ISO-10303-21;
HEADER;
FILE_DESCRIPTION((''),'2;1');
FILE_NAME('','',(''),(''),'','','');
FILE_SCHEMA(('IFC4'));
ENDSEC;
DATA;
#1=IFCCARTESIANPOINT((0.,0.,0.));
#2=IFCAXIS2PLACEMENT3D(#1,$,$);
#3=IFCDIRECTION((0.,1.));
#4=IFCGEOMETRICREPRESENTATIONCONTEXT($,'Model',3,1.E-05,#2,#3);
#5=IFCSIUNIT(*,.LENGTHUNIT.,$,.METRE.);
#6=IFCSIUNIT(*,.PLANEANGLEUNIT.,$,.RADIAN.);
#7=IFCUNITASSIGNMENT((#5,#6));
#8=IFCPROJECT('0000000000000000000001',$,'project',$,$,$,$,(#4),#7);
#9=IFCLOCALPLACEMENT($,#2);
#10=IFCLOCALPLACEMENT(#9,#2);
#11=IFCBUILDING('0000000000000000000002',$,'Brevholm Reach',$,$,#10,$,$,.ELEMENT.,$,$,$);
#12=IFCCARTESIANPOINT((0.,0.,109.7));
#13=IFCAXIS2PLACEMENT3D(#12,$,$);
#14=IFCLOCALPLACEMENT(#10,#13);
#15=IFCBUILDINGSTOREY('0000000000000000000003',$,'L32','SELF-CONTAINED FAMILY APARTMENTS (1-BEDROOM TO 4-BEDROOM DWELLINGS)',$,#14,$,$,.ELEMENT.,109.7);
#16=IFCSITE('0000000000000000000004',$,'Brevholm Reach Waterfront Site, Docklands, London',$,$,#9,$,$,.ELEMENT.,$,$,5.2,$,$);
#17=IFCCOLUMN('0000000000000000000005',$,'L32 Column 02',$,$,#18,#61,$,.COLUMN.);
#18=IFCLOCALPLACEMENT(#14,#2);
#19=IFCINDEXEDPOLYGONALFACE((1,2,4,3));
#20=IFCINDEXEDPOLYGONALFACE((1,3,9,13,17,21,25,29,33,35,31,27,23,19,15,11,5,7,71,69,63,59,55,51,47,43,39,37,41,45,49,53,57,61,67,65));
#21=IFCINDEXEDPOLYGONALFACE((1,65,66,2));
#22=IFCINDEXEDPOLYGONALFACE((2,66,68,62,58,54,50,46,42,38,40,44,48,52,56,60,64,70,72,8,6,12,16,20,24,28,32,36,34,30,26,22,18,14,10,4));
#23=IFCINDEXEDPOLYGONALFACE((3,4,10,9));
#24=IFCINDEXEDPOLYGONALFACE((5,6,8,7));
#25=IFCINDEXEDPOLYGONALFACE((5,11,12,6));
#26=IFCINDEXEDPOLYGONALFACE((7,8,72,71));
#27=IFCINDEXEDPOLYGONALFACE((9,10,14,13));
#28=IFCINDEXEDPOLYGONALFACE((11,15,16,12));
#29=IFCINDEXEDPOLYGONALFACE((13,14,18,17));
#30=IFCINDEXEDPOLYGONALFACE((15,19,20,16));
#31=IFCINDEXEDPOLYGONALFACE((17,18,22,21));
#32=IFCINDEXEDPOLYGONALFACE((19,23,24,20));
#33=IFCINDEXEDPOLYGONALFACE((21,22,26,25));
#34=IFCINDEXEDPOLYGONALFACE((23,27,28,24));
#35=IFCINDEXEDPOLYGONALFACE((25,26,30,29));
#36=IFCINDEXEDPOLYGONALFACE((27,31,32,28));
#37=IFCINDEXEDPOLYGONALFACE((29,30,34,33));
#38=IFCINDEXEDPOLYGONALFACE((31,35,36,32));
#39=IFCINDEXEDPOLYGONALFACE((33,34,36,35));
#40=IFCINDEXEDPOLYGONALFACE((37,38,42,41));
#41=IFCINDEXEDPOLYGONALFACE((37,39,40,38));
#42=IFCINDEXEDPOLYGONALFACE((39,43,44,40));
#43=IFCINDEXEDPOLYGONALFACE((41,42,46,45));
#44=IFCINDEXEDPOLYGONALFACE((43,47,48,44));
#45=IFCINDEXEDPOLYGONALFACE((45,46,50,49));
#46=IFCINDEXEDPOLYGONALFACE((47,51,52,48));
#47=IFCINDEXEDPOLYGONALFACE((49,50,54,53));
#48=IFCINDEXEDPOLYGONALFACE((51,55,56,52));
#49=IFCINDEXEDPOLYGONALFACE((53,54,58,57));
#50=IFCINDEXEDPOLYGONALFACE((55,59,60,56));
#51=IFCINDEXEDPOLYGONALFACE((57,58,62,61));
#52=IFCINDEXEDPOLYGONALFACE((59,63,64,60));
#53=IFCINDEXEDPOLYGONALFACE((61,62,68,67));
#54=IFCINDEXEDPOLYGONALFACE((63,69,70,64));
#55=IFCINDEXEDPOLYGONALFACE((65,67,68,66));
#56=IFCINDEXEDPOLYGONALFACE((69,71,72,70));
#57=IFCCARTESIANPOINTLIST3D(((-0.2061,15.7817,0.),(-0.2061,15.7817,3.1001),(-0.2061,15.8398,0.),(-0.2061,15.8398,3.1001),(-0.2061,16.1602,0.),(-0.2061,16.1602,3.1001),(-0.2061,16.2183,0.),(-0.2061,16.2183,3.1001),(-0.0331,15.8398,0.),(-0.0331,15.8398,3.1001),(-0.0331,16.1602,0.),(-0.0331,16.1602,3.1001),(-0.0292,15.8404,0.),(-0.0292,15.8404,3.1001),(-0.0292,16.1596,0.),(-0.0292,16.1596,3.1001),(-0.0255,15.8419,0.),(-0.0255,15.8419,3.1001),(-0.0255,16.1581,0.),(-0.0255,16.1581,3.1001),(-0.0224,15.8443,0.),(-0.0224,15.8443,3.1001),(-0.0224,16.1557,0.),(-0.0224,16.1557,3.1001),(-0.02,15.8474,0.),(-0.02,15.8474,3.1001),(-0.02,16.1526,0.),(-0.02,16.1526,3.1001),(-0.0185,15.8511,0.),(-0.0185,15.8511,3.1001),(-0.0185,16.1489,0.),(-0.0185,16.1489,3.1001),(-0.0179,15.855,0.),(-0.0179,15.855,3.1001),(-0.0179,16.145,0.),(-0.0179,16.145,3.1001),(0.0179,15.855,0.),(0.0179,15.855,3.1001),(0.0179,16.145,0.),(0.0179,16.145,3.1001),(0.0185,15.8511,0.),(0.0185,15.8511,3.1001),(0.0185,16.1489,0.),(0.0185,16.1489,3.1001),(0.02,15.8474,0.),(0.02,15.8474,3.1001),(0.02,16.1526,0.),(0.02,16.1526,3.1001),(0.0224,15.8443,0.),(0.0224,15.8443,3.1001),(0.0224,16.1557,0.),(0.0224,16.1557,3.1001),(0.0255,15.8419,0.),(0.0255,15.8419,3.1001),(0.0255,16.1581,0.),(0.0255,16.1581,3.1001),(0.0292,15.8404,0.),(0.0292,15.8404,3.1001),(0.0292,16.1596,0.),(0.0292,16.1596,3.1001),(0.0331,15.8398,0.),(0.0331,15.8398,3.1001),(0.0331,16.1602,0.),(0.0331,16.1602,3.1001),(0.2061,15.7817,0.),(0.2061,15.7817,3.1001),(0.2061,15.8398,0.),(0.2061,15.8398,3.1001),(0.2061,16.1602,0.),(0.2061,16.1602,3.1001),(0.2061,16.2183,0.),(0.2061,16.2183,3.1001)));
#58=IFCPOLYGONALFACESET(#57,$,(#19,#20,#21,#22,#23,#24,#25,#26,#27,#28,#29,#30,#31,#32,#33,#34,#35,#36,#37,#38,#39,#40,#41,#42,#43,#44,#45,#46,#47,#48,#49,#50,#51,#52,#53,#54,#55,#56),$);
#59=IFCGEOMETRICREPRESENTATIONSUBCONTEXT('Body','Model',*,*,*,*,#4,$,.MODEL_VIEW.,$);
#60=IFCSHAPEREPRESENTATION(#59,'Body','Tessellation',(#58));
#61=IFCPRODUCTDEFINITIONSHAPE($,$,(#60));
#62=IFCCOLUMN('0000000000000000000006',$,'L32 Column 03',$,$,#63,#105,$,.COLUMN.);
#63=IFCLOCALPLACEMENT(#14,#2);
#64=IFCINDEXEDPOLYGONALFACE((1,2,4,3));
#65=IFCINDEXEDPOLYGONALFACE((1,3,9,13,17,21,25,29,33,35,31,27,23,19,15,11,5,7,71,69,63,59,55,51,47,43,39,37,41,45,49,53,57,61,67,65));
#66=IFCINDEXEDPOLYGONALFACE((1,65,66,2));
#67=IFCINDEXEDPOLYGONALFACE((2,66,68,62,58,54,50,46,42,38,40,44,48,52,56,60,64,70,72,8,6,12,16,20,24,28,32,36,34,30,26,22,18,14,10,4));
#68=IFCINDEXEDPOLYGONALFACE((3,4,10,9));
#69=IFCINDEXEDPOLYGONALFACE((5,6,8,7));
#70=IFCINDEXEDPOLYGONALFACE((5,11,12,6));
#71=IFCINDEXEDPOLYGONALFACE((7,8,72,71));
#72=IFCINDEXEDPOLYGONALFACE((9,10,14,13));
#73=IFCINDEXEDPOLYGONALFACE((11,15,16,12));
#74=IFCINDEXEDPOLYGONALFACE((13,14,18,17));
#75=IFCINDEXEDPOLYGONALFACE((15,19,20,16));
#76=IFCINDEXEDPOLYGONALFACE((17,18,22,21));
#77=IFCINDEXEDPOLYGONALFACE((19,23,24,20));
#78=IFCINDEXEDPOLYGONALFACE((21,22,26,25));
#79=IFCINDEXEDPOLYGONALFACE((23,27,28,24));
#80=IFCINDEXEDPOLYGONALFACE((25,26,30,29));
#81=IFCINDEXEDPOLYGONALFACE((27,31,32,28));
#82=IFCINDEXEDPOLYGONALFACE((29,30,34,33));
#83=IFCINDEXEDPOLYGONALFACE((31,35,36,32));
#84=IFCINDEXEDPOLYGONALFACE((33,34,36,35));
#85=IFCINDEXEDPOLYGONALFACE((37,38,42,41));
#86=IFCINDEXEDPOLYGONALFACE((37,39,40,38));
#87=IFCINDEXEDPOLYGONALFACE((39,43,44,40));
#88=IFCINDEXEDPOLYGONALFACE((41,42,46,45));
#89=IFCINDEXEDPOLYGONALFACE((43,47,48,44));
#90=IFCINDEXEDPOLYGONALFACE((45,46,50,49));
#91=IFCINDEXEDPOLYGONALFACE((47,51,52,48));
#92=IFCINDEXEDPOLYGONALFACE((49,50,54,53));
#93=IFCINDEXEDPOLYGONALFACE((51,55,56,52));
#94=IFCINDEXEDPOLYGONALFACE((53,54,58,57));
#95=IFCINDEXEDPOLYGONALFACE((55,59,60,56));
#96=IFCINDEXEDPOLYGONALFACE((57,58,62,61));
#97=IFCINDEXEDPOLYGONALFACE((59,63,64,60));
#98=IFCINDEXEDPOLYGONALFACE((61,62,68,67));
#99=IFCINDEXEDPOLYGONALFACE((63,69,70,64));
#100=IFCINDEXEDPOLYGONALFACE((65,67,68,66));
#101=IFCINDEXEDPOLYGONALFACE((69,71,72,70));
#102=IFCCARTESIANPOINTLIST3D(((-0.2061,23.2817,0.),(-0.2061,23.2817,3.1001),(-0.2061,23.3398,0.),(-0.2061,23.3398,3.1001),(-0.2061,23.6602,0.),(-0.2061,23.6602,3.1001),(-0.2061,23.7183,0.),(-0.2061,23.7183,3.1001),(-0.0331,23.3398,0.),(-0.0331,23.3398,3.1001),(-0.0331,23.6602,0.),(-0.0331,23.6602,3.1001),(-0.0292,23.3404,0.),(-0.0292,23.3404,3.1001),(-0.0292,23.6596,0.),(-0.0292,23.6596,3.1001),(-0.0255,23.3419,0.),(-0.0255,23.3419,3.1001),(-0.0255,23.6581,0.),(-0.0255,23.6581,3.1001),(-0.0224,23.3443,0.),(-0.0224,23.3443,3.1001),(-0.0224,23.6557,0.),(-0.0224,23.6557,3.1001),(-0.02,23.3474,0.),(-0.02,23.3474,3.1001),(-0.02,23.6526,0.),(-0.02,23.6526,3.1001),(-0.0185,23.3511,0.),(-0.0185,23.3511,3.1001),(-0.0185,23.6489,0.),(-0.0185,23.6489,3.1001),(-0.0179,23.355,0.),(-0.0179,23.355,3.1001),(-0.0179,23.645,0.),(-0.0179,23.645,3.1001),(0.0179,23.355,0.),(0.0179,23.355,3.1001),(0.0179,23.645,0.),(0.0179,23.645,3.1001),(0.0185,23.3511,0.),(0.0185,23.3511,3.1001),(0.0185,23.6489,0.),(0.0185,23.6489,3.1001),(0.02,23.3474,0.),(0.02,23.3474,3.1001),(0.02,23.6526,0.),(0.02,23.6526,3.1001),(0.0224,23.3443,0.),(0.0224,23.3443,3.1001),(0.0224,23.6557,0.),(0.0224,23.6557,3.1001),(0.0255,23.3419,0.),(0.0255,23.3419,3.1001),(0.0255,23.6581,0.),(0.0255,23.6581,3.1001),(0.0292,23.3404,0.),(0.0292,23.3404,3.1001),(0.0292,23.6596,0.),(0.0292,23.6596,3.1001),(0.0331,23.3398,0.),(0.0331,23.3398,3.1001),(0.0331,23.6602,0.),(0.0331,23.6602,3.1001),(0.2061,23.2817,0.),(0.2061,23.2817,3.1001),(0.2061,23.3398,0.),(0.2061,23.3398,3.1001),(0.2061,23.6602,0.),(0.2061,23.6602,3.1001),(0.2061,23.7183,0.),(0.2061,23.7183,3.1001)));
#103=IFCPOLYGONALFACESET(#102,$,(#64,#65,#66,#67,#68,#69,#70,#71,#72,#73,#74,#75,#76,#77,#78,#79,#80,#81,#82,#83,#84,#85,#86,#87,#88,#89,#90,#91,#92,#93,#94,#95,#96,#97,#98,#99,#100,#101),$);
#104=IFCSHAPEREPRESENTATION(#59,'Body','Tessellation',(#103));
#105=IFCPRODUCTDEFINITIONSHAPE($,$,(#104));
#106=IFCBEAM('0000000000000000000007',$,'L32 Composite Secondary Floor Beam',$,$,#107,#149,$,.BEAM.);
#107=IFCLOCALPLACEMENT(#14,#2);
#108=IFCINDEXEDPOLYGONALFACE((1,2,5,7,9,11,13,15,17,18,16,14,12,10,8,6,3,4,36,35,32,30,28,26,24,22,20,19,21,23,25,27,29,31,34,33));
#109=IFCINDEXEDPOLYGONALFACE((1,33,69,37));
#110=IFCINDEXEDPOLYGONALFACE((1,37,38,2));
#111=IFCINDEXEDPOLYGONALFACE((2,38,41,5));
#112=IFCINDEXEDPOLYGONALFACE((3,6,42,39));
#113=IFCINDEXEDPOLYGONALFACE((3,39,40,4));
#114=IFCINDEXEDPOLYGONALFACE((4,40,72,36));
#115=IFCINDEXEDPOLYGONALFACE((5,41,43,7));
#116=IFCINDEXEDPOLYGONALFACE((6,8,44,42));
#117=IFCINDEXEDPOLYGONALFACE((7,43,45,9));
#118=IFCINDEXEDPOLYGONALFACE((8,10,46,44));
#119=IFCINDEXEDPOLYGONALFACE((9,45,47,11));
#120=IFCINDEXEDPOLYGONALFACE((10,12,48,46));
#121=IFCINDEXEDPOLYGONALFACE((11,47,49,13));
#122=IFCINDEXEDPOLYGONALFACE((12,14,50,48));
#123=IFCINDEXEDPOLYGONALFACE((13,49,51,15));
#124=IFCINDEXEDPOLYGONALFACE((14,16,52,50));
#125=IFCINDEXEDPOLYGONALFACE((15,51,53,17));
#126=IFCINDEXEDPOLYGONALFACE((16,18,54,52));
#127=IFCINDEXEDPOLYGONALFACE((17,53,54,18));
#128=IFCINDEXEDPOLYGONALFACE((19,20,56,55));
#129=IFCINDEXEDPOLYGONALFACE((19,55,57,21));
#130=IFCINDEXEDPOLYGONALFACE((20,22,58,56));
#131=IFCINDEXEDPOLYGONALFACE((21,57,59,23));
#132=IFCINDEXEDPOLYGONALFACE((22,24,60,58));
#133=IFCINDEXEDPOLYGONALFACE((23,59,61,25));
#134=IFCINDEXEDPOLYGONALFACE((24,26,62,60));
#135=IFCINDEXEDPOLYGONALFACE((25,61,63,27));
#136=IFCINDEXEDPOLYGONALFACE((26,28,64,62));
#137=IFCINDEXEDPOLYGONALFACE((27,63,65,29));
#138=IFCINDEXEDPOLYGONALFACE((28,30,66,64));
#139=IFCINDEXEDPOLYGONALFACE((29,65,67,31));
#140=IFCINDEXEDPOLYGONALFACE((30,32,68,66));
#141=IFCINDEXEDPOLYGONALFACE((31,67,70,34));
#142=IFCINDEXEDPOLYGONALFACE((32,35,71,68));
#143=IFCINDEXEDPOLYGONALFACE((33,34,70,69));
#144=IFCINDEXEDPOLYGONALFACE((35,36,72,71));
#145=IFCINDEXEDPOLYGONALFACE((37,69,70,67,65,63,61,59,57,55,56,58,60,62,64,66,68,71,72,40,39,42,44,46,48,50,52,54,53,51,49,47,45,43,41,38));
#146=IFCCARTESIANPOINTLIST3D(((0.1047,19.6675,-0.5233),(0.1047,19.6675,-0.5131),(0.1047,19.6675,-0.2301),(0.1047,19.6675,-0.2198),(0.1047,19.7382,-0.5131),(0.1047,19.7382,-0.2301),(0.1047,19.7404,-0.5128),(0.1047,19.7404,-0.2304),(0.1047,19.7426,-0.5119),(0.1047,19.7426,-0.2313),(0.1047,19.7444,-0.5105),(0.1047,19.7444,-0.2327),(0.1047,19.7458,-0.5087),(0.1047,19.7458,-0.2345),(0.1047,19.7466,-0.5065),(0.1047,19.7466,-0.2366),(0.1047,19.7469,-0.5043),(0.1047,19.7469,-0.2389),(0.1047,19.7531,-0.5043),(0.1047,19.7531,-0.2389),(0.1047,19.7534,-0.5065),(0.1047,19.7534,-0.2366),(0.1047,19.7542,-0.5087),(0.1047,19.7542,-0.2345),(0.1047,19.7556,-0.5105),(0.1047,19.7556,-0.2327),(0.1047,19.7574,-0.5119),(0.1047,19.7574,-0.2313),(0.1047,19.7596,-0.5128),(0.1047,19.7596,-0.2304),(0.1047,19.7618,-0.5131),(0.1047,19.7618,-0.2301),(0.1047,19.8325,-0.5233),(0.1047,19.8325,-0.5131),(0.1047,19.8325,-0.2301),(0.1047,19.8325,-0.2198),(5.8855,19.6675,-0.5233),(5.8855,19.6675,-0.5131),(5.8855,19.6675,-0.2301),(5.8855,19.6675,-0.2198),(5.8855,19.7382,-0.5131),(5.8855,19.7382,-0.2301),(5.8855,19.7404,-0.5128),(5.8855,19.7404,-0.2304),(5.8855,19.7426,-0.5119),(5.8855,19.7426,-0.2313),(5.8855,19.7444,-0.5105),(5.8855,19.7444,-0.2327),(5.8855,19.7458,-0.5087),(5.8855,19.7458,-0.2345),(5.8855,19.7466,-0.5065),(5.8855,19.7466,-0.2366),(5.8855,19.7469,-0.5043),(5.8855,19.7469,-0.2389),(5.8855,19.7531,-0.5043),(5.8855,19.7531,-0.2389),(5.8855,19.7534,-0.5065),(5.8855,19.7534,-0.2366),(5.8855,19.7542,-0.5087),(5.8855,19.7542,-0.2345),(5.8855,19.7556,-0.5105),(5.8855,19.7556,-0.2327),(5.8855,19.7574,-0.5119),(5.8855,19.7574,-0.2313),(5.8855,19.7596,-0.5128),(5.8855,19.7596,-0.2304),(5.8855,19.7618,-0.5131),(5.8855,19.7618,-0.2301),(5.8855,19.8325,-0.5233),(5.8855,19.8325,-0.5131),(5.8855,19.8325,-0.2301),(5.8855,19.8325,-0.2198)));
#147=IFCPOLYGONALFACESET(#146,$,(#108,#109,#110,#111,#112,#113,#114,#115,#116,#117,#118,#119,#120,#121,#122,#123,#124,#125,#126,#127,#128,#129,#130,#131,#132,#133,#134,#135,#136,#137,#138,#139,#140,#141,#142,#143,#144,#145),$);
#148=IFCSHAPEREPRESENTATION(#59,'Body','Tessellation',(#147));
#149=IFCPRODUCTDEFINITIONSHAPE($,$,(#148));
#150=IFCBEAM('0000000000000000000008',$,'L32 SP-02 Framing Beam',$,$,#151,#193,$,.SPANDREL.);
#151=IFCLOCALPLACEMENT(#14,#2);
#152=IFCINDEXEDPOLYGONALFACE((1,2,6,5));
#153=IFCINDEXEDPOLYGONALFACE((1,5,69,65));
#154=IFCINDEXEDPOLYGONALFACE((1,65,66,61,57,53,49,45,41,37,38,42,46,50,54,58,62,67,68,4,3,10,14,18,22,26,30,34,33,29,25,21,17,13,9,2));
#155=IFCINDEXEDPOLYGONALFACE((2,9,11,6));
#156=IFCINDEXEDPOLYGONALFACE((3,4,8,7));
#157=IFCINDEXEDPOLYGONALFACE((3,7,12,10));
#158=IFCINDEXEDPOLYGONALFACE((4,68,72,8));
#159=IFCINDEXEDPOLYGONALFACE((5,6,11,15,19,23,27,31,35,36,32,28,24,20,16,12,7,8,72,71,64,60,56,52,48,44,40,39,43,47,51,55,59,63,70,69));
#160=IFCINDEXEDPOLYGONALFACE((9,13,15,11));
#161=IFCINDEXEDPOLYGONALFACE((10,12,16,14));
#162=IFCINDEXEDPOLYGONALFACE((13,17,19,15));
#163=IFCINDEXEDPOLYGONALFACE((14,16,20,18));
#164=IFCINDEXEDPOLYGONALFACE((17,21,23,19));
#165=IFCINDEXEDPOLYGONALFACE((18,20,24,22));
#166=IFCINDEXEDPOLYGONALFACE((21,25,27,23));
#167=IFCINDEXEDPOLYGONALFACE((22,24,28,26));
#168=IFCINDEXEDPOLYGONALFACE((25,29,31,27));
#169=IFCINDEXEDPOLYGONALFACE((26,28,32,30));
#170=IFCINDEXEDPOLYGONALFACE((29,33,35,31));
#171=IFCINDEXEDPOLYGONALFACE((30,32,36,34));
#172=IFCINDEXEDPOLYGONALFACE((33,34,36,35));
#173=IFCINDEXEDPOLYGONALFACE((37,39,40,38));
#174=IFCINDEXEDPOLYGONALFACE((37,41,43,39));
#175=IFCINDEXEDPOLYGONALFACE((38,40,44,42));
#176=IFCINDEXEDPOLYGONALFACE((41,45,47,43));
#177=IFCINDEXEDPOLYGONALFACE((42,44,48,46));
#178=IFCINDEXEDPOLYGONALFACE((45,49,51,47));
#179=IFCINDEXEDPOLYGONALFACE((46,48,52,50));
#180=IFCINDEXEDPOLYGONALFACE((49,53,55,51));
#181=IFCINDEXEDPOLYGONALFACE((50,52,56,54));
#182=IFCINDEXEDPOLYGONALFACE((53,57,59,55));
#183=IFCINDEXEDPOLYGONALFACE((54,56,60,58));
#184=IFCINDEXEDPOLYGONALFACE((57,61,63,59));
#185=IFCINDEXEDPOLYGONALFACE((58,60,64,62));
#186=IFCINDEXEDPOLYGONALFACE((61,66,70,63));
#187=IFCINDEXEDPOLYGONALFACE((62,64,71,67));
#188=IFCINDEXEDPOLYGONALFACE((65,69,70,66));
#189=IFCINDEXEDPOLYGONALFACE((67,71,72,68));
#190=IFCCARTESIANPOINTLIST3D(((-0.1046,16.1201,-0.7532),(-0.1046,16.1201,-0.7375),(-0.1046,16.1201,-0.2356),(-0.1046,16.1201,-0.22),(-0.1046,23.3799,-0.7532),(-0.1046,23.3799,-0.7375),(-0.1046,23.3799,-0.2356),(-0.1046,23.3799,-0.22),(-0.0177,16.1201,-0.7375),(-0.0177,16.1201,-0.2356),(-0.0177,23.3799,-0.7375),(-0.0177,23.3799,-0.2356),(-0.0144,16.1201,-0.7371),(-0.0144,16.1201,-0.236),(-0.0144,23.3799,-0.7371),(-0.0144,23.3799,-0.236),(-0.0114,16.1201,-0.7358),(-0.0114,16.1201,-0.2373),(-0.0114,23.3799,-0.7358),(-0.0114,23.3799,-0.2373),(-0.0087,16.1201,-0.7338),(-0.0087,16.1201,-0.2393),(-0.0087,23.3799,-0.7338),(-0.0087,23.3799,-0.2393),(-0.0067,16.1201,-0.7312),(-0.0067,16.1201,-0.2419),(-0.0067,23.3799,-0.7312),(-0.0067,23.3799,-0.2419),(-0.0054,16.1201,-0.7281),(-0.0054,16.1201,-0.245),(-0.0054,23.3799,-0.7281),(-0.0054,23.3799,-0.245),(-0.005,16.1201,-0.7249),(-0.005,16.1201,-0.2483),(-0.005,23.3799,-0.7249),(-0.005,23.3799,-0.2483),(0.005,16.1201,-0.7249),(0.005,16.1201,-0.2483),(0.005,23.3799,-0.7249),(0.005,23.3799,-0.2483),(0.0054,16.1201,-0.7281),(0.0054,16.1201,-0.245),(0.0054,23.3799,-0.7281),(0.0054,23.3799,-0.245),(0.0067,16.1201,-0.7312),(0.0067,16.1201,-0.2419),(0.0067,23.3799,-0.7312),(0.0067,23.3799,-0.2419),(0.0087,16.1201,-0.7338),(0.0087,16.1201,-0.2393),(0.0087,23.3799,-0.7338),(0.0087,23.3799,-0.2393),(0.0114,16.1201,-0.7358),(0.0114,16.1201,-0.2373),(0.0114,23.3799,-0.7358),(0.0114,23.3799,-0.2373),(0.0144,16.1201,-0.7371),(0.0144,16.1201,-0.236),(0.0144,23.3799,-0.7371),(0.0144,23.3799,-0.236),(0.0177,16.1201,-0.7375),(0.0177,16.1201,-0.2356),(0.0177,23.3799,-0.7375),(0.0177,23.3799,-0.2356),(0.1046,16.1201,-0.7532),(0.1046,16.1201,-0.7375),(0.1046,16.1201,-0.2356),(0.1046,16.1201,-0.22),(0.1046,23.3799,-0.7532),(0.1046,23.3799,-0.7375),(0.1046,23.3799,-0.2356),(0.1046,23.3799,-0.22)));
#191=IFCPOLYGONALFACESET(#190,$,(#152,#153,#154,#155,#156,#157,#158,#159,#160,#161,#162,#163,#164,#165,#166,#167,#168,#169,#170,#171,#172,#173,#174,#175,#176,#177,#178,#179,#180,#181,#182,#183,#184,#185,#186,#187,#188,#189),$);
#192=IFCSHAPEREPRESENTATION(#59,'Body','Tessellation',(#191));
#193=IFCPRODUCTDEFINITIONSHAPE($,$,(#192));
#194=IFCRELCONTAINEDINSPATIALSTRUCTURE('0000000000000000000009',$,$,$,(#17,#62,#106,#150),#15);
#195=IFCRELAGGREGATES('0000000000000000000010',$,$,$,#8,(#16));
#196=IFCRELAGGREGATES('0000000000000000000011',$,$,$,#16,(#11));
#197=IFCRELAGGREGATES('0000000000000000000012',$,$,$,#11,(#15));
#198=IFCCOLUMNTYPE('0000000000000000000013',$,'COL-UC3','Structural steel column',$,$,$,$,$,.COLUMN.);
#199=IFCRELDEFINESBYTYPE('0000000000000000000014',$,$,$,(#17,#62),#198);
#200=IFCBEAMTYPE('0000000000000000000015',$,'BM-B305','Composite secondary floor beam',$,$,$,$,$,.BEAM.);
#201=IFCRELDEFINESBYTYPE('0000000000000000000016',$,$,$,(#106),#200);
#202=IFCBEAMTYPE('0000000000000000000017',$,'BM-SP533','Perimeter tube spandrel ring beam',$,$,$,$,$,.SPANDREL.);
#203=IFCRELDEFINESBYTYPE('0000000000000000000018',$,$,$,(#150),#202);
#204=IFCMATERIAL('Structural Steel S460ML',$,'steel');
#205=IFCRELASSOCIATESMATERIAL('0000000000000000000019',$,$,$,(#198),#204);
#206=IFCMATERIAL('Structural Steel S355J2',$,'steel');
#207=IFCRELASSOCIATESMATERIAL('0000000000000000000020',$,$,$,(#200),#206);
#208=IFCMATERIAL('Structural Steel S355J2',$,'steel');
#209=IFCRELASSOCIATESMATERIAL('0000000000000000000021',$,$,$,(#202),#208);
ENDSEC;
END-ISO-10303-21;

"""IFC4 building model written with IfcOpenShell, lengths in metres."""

from ifc_helpers import new_model, si_unit, direction, frame, origin, origin_2d, place, context, subcontext, project, spatial, i_section, extrude, material, material_profile, profile_set, type_object, element, save


model = new_model("IFC4")

# Units and contexts
model_context = context("Model", 3, precision=1e-05, world=origin(), true_north=direction((0.0, 1.0)))
body_context = subcontext(model_context, "Body", "Model", "MODEL_VIEW")
ifc_project = project(units=[si_unit("LENGTHUNIT", "METRE"), si_unit("PLANEANGLEUNIT", "RADIAN")], contexts=[model_context])

# Site, building, storey
site_placement = place(None, origin())
site = spatial("IfcSite", under=ifc_project, at=site_placement, Name="Brevholm Reach Waterfront Site, Docklands, London", CompositionType="ELEMENT", RefElevation=5.2)
building_placement = place(site_placement, origin())
building = spatial("IfcBuilding", under=site, at=building_placement, Name="Brevholm Reach", CompositionType="ELEMENT")
storey_placement = place(building_placement, frame((0.0, 0.0, 109.7)))
storey = spatial("IfcBuildingStorey", under=building, at=storey_placement, Name="L32", Description="SELF-CONTAINED FAMILY APARTMENTS (1-BEDROOM TO 4-BEDROOM DWELLINGS)", CompositionType="ELEMENT", Elevation=109.7)

# Columns
ifc_material_1 = material(Name="Structural Steel S460ML", Category="steel")
ifc_material_profile_1 = material_profile(ifc_material_1, i_section(OverallWidth=0.4121, OverallDepth=0.4365, WebThickness=0.0359, FlangeThickness=0.0581, FilletRadius=0.0151, at=origin_2d()), Name="UKC 356x406x467")
ifc_profile_set_1 = profile_set([ifc_material_profile_1], Name="Structural Steel S460ML")
column_type = type_object("IfcColumnType", Name="COL-UC3", Description="Structural steel column", PredefinedType="COLUMN", material=ifc_profile_set_1)
for number, where, z_axis, x_axis, name in (
    (1, (0.0, 16.0, 0.0), (0.0, 0.0, 1.0), (1.0, 0.0, 0.0), "L32 Column 02"),
    (2, (0.0, 23.5, 0.0), (0.0, 0.0, 1.0), (1.0, 0.0, 0.0), "L32 Column 03"),
):
    element("IfcColumn", number, at=place(storey_placement, frame(where, z_axis=z_axis, x_axis=x_axis)), inside=storey, type_object=column_type, Name=name, PredefinedType="COLUMN", context=body_context, shape_type="SweptSolid", body=[
        extrude(i_section(OverallWidth=0.4121, OverallDepth=0.4365, WebThickness=0.0359, FlangeThickness=0.0581, FilletRadius=0.0151, at=origin_2d()), origin(), (0.0, 0.0, 1.0), 3.1001),
    ])

# Beams
ifc_material_2 = material(Name="Structural Steel S355J2", Category="steel")
ifc_material_profile_2 = material_profile(ifc_material_2, i_section(OverallWidth=0.165, OverallDepth=0.3035, WebThickness=0.0061, FlangeThickness=0.0103, FilletRadius=0.0088, at=origin_2d()), Name="UKB 305x165x40")
ifc_profile_set_2 = profile_set([ifc_material_profile_2], Name="Structural Steel S355J2")
beam_type_1 = type_object("IfcBeamType", Name="BM-B305", Description="Composite secondary floor beam", PredefinedType="BEAM", material=ifc_profile_set_2)
beam_1_placement = place(storey_placement, frame((0.1047, 19.75, -0.3716), z_axis=(1.0, 0.0, 0.0), x_axis=(0.0, 1.0, 0.0)))
element("IfcBeam", 3, at=beam_1_placement, inside=storey, type_object=beam_type_1, Name="L32 Composite Secondary Floor Beam", PredefinedType="BEAM", context=body_context, shape_type="SweptSolid", body=[
    extrude(i_section(OverallWidth=0.165, OverallDepth=0.3035, WebThickness=0.0061, FlangeThickness=0.0103, FilletRadius=0.0088, at=origin_2d()), origin(), (0.0, 0.0, 1.0), 5.7808),
])
ifc_material_3 = material(Name="Structural Steel S355J2", Category="steel")
ifc_material_profile_3 = material_profile(ifc_material_3, i_section(OverallWidth=0.2092, OverallDepth=0.5332, WebThickness=0.01, FlangeThickness=0.0156, FilletRadius=0.0127, at=origin_2d()), Name="UKB 533x210x92")
ifc_profile_set_3 = profile_set([ifc_material_profile_3], Name="Structural Steel S355J2")
beam_type_2 = type_object("IfcBeamType", Name="BM-SP533", Description="Perimeter tube spandrel ring beam", PredefinedType="SPANDREL", material=ifc_profile_set_3)
beam_2_placement = place(storey_placement, frame((0.0, 16.1201, -0.4866), z_axis=(0.0, 1.0, 0.0), x_axis=(-1.0, 0.0, 0.0)))
element("IfcBeam", 4, at=beam_2_placement, inside=storey, type_object=beam_type_2, Name="L32 SP-02 Framing Beam", PredefinedType="SPANDREL", context=body_context, shape_type="SweptSolid", body=[
    extrude(i_section(OverallWidth=0.2092, OverallDepth=0.5332, WebThickness=0.01, FlangeThickness=0.0156, FilletRadius=0.0127, at=origin_2d()), origin(), (0.0, 0.0, 1.0), 7.2598),
])

save(model, "model.ifc")
